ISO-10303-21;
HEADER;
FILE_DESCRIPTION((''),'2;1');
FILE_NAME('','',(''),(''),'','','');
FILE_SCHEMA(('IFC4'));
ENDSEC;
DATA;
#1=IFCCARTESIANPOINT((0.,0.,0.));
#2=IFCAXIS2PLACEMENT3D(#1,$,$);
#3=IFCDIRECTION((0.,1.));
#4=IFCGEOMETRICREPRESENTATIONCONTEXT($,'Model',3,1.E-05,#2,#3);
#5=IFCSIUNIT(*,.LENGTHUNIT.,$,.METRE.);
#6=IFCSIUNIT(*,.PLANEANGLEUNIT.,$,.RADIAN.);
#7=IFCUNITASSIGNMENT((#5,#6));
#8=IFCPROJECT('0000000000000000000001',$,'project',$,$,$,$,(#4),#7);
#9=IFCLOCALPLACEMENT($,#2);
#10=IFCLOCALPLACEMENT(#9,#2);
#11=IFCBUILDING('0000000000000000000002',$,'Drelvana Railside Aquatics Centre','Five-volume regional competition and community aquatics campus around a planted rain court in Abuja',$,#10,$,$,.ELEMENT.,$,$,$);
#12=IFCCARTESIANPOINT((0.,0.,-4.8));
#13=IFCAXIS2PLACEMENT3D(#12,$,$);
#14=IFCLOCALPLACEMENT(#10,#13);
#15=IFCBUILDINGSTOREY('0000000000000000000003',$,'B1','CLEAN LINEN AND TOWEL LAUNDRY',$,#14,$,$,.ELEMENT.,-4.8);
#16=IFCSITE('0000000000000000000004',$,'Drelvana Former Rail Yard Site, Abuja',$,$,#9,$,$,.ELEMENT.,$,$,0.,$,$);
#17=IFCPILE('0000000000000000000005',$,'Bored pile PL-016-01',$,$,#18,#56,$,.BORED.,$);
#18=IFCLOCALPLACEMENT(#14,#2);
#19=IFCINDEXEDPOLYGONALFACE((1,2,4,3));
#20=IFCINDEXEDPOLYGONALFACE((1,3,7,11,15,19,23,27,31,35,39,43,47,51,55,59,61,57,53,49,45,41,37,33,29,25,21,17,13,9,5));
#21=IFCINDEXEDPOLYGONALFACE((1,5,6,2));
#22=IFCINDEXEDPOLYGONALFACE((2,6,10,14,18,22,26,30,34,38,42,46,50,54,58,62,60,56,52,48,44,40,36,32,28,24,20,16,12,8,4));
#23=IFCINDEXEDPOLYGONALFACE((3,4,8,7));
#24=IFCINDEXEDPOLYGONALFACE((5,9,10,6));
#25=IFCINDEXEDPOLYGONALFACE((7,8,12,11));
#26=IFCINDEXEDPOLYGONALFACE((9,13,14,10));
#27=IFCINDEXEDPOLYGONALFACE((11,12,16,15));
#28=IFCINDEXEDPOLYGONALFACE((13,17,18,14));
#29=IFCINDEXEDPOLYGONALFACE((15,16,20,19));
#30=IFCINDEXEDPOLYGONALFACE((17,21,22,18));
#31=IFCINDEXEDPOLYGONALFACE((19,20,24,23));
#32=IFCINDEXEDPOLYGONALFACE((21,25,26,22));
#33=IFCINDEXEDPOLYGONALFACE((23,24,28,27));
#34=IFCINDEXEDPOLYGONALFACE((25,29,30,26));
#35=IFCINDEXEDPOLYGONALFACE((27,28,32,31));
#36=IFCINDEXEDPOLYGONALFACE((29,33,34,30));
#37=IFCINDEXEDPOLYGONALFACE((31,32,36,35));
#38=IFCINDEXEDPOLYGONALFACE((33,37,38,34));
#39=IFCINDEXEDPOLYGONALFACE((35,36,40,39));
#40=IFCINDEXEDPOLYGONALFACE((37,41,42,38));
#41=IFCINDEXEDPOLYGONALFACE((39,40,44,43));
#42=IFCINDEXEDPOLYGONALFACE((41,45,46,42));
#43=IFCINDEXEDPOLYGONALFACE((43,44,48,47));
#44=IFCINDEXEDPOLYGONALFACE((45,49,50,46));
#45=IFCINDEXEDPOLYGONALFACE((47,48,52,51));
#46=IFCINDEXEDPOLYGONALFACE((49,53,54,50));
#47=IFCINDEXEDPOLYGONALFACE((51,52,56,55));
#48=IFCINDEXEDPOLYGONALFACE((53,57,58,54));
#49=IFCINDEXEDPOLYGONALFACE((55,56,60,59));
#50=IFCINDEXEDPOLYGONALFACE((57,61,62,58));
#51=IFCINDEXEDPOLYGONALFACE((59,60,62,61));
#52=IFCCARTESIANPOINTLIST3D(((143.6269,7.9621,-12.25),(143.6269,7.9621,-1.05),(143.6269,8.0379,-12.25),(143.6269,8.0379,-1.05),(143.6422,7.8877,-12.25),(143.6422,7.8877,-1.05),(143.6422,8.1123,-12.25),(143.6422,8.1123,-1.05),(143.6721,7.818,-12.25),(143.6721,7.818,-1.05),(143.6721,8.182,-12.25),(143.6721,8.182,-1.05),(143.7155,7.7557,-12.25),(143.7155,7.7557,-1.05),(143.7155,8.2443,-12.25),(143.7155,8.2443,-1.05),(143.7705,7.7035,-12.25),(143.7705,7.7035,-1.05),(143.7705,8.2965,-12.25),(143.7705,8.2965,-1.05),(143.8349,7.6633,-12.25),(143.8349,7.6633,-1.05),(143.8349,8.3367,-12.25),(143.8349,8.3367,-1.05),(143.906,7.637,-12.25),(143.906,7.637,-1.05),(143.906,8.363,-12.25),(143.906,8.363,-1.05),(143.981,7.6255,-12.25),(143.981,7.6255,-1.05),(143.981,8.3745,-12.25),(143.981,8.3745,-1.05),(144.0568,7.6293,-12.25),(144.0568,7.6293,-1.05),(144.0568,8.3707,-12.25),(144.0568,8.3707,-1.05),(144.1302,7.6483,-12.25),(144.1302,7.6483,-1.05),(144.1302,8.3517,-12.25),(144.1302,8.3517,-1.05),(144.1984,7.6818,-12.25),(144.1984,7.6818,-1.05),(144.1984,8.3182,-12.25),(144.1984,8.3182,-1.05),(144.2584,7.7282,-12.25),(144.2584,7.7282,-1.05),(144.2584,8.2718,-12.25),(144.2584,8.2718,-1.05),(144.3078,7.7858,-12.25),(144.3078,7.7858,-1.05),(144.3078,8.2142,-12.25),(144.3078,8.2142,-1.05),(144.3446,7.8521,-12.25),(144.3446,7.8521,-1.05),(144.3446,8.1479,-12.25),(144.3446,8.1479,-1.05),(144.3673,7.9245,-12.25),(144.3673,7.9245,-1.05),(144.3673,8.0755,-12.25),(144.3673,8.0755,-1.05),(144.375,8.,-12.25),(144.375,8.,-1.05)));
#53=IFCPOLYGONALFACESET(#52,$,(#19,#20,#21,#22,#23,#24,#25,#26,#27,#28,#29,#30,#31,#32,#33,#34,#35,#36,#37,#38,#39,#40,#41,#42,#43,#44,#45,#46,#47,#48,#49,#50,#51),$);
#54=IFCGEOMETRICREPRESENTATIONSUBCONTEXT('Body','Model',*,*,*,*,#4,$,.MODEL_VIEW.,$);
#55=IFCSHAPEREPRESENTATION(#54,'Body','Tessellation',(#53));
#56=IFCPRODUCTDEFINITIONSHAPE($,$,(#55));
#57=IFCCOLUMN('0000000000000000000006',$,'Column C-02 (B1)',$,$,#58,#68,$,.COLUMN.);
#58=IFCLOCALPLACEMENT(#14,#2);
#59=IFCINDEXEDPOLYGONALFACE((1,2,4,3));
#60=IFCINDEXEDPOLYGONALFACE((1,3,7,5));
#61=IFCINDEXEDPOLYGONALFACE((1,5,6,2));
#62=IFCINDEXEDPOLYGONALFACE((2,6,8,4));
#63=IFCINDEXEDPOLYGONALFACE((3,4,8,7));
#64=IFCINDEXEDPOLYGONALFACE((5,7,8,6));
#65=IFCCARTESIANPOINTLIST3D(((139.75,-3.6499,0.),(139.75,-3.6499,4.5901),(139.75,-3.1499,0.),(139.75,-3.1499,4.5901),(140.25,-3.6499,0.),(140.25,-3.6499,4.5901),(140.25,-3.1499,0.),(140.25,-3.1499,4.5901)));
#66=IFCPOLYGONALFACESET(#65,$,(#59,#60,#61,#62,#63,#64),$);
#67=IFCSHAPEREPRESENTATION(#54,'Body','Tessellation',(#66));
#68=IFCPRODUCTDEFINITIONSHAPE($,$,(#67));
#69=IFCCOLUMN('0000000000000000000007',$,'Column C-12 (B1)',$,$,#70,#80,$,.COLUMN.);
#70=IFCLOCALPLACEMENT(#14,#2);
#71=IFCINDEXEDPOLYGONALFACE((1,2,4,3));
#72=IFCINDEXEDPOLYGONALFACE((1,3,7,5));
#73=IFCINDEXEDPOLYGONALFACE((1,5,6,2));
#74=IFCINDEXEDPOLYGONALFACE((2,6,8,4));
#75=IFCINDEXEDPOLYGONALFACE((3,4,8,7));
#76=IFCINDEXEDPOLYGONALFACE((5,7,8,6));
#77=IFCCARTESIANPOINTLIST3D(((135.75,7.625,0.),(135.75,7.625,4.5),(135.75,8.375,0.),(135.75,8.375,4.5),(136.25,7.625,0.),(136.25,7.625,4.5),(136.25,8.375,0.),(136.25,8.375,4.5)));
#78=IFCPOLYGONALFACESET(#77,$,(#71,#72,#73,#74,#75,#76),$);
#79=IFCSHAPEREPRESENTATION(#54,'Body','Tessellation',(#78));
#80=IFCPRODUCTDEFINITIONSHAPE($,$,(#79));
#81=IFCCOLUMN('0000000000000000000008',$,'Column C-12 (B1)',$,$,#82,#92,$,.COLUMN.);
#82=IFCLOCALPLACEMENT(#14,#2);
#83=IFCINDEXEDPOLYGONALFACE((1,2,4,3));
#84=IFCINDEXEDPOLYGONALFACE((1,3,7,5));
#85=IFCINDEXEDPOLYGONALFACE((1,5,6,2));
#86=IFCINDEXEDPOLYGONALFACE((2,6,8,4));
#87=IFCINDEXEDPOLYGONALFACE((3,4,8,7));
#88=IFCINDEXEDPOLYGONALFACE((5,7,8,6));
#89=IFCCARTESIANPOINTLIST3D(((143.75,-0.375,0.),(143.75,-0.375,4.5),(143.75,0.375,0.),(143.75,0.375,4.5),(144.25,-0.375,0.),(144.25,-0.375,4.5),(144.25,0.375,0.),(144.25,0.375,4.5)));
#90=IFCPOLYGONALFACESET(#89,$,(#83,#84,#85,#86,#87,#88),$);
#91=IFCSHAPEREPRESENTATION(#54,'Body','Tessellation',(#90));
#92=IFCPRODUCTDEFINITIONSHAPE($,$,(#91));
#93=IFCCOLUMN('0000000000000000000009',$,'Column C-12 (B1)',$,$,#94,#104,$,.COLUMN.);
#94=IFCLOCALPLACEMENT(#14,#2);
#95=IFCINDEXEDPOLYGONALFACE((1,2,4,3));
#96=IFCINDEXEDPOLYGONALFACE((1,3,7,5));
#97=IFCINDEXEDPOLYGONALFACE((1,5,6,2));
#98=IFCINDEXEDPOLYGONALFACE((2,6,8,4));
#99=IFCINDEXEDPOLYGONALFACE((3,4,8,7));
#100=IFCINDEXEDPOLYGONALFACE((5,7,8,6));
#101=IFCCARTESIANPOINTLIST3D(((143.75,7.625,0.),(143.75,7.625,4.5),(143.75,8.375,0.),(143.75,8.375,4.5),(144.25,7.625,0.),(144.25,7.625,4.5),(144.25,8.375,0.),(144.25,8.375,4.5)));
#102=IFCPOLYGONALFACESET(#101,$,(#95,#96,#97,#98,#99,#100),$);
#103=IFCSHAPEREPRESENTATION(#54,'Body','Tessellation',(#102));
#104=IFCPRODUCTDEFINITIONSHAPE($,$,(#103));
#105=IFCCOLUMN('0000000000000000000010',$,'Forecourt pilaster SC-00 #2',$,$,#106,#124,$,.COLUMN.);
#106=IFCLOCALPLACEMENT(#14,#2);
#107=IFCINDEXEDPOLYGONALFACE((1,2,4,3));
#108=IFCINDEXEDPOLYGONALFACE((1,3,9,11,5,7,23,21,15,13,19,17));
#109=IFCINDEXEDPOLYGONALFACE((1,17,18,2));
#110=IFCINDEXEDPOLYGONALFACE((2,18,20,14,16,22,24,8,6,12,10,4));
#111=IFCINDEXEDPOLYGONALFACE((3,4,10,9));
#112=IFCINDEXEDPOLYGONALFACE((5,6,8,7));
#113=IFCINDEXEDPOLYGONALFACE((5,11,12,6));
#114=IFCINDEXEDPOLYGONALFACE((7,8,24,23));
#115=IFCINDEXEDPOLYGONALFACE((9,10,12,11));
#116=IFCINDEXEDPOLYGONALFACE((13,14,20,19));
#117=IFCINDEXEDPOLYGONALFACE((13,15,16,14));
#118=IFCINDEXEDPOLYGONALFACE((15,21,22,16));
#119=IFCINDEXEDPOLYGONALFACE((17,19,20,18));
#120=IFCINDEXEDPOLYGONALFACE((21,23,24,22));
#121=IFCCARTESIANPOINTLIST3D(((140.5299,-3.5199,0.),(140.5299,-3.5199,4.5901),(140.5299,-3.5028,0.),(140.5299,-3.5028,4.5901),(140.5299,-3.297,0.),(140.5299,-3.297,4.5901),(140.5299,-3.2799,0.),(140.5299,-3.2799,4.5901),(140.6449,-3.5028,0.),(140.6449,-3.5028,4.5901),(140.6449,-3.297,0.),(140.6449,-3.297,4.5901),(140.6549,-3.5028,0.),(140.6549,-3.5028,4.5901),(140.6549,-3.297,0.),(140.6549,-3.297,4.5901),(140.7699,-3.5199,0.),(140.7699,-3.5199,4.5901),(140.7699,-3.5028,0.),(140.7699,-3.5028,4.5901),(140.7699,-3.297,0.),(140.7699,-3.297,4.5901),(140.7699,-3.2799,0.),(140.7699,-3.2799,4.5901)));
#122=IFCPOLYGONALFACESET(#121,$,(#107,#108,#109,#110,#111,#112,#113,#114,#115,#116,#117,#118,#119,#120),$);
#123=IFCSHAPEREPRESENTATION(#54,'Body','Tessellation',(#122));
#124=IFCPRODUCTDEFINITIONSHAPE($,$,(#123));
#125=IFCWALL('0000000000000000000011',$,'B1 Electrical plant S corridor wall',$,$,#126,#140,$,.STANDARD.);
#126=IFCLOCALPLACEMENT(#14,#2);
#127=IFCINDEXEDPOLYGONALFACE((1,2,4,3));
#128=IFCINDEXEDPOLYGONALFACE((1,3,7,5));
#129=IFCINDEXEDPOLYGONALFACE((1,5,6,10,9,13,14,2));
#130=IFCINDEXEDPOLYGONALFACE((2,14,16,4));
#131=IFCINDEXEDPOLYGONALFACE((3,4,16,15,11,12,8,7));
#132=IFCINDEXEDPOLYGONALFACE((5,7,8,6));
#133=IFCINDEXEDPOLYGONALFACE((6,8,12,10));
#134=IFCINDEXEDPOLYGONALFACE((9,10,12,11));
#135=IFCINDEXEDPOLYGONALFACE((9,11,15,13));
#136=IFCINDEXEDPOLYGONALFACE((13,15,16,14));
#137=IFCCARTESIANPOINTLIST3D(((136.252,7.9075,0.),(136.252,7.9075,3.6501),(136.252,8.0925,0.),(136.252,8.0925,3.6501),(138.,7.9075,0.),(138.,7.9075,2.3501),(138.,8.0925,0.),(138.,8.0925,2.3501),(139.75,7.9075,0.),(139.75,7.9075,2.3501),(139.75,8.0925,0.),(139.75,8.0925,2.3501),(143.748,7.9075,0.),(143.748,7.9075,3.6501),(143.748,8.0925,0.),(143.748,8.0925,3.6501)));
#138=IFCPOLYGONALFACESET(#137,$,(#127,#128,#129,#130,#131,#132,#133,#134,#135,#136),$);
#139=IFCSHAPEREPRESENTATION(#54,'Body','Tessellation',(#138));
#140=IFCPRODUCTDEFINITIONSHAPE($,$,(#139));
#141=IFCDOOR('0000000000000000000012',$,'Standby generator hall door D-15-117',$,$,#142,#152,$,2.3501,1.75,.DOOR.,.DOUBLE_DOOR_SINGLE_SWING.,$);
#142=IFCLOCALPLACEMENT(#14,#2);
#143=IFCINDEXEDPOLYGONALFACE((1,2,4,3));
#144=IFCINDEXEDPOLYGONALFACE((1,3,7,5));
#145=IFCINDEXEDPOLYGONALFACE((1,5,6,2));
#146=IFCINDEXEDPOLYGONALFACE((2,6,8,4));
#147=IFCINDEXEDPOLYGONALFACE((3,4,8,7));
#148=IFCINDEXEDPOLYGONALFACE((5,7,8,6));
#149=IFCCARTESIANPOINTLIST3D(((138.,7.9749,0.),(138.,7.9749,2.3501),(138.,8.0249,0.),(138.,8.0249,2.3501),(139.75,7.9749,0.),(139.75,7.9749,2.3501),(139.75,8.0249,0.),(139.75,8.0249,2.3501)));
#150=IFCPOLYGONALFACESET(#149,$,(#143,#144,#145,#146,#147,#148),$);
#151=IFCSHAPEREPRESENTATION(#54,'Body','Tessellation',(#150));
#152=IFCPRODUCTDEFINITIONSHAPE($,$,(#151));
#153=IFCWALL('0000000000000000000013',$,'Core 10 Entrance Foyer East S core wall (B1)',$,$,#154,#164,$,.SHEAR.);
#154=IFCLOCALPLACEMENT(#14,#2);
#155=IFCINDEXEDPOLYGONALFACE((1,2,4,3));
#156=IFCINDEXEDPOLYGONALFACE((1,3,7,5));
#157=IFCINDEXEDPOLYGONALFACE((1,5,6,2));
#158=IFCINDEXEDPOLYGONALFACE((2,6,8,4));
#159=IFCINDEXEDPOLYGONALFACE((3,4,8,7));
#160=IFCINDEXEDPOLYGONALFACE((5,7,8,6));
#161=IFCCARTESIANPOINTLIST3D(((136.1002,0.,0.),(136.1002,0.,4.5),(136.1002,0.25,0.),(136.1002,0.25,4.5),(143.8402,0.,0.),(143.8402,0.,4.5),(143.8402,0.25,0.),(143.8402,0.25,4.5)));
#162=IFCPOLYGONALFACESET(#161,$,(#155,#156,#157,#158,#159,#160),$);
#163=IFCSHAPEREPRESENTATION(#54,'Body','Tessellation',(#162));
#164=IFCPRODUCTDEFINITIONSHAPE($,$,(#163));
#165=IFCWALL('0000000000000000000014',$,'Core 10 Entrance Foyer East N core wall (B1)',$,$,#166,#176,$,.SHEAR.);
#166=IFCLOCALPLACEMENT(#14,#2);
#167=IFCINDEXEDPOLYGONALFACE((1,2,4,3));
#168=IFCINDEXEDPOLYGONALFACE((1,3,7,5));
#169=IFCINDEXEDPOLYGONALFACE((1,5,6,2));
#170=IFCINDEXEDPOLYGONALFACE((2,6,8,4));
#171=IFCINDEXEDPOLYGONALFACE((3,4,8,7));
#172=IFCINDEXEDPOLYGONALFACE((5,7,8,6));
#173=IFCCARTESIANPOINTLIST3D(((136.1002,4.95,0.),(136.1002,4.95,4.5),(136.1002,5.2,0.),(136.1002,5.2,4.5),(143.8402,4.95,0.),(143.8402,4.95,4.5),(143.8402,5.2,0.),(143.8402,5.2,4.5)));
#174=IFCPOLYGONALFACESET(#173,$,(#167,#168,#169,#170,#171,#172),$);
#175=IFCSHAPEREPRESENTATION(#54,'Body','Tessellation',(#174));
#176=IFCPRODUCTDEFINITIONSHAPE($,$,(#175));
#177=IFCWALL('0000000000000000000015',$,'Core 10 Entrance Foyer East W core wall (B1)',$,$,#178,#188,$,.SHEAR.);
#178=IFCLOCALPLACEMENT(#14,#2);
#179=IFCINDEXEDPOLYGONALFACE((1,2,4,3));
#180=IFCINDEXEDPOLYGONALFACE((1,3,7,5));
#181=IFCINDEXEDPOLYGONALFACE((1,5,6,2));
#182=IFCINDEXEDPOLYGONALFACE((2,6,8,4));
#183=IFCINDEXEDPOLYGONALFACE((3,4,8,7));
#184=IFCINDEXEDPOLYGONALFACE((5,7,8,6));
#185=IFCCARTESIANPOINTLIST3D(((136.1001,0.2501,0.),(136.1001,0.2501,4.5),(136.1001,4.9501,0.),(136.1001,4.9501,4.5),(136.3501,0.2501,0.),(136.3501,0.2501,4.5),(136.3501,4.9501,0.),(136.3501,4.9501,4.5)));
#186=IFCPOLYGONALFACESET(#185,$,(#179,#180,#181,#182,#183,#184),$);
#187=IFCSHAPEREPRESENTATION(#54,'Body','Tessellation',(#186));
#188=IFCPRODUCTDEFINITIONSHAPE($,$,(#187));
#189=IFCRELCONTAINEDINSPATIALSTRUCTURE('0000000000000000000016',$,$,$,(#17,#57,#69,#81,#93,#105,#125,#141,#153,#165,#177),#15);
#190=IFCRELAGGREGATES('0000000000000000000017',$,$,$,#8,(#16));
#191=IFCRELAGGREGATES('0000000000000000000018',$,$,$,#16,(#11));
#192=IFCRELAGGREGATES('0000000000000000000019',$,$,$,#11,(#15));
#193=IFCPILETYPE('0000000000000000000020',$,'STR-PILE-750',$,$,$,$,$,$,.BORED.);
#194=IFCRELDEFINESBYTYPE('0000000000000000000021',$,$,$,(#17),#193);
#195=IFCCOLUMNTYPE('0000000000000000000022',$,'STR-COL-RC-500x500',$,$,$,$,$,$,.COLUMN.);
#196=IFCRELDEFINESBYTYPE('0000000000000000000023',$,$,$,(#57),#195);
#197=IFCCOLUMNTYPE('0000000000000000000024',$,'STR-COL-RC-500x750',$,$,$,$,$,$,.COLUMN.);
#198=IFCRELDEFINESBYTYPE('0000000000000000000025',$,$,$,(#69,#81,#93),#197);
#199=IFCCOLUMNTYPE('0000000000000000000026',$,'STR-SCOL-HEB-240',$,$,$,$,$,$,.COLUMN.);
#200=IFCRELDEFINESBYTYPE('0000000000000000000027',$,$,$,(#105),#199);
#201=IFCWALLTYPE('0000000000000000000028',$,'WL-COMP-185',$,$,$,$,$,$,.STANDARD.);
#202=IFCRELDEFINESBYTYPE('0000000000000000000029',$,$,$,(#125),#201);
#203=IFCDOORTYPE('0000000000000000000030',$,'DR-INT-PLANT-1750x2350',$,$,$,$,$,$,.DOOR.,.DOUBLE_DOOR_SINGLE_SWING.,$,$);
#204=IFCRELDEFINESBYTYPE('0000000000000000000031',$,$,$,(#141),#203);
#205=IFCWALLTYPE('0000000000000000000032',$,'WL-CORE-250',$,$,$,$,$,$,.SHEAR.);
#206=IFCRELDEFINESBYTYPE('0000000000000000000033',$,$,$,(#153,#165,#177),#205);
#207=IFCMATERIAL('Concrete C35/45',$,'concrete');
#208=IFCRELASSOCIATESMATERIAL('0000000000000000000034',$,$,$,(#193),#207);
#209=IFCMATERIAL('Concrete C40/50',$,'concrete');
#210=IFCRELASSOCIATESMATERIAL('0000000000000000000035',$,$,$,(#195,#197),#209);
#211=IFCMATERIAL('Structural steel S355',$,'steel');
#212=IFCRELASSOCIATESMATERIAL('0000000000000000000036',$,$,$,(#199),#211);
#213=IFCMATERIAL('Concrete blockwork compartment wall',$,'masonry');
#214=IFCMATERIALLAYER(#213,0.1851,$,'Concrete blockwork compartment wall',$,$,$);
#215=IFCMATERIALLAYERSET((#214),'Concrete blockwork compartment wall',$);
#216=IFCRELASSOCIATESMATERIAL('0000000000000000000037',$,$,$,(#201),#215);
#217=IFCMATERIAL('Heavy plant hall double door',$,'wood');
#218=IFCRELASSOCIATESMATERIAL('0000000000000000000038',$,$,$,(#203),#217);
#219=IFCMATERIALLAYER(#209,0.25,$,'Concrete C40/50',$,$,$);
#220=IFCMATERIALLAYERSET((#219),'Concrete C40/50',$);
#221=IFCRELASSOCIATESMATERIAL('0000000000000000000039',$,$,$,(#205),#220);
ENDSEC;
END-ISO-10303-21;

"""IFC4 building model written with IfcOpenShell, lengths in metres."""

from ifc_helpers import new_model, si_unit, direction, frame, frame_2d, origin, origin_2d, place, context, subcontext, project, spatial, rectangle, circle, i_section, extrude, material, layer, layer_set, material_profile, profile_set, type_object, element, fill, save


model = new_model("IFC4")

# Units and contexts
model_context = context("Model", 3, precision=1e-05, world=origin(), true_north=direction((0.0, 1.0)))
body_context = subcontext(model_context, "Body", "Model", "MODEL_VIEW")
ifc_project = project(units=[si_unit("LENGTHUNIT", "METRE"), si_unit("PLANEANGLEUNIT", "RADIAN")], contexts=[model_context])

# Site, building, storey
site_placement = place(None, origin())
site = spatial("IfcSite", under=ifc_project, at=site_placement, Name="Drelvana Former Rail Yard Site, Abuja", CompositionType="ELEMENT", RefElevation=0.0)
building_placement = place(site_placement, origin())
building = spatial("IfcBuilding", under=site, at=building_placement, Name="Drelvana Railside Aquatics Centre", Description="Five-volume regional competition and community aquatics campus around a planted rain court in Abuja", CompositionType="ELEMENT")
storey_placement = place(building_placement, frame((0.0, 0.0, -4.8)))
storey = spatial("IfcBuildingStorey", under=building, at=storey_placement, Name="B1", Description="CLEAN LINEN AND TOWEL LAUNDRY", CompositionType="ELEMENT", Elevation=-4.8)

# Shared definitions
ifc_material_1 = material(Name="Concrete C35/45", Category="concrete")

# Pile
ifc_material_profile_1 = material_profile(ifc_material_1, circle(Radius=0.375, at=origin_2d()), Name="PILE D750")
ifc_profile_set_1 = profile_set([ifc_material_profile_1], Name="Concrete C35/45")
pile_type_1 = type_object("IfcPileType", Name="STR-PILE-750", PredefinedType="BORED", material=ifc_profile_set_1)
for number, where, z_axis, x_axis, name in (
    (1, (144.0, 8.0, -1.05), (0.0, 0.0, -1.0), (1.0, 0.0, 0.0), "Bored pile PL-016-01"),
):
    element("IfcPile", number, at=place(storey_placement, frame(where, z_axis=z_axis, x_axis=x_axis)), inside=storey, type_object=pile_type_1, Name=name, PredefinedType="BORED", context=body_context, shape_type="SweptSolid", body=[
        extrude(circle(Radius=0.375, at=origin_2d()), origin(), (0.0, 0.0, 1.0), 11.2),
    ])

# Columns
ifc_material_2 = material(Name="Concrete C40/50", Category="concrete")
ifc_material_profile_2 = material_profile(ifc_material_2, rectangle(XDim=0.5, YDim=0.5, at=origin_2d()), Name="RC 500x500")
ifc_profile_set_2 = profile_set([ifc_material_profile_2], Name="Concrete C40/50")
column_type_1 = type_object("IfcColumnType", Name="STR-COL-RC-500x500", PredefinedType="COLUMN", material=ifc_profile_set_2)
column_1_placement = place(storey_placement, frame((140.0, -3.3999, 0.0), z_axis=(0.0, 0.0, 1.0), x_axis=(1.0, 0.0, 0.0)))
element("IfcColumn", 2, at=column_1_placement, inside=storey, type_object=column_type_1, Name="Column C-02 (B1)", PredefinedType="COLUMN", context=body_context, shape_type="SweptSolid", body=[
    extrude(rectangle(XDim=0.5, YDim=0.5, at=origin_2d()), origin(), (0.0, 0.0, 1.0), 4.5901),
])
ifc_material_profile_3 = material_profile(ifc_material_2, rectangle(XDim=0.5, YDim=0.75, at=origin_2d()), Name="RC 500x750")
ifc_profile_set_3 = profile_set([ifc_material_profile_3], Name="Concrete C40/50")
column_type_2 = type_object("IfcColumnType", Name="STR-COL-RC-500x750", PredefinedType="COLUMN", material=ifc_profile_set_3)
for number, where, z_axis, x_axis, name in (
    (3, (136.0, 8.0, 0.0), (0.0, 0.0, 1.0), (1.0, 0.0, 0.0), "Column C-12 (B1)"),
    (4, (144.0, 0.0, 0.0), (0.0, 0.0, 1.0), (1.0, 0.0, 0.0), "Column C-12 (B1)"),
    (5, (144.0, 8.0, 0.0), (0.0, 0.0, 1.0), (1.0, 0.0, 0.0), "Column C-12 (B1)"),
):
    element("IfcColumn", number, at=place(storey_placement, frame(where, z_axis=z_axis, x_axis=x_axis)), inside=storey, type_object=column_type_2, Name=name, PredefinedType="COLUMN", context=body_context, shape_type="SweptSolid", body=[
        extrude(rectangle(XDim=0.5, YDim=0.75, at=origin_2d()), origin(), (0.0, 0.0, 1.0), 4.5),
    ])
ifc_material_3 = material(Name="Structural steel S355", Category="steel")
ifc_material_profile_4 = material_profile(ifc_material_3, i_section(OverallWidth=0.24, OverallDepth=0.24, WebThickness=0.01, FlangeThickness=0.0171, at=origin_2d()), Name="HEB 240")
ifc_profile_set_4 = profile_set([ifc_material_profile_4], Name="Structural steel S355")
column_type_3 = type_object("IfcColumnType", Name="STR-SCOL-HEB-240", PredefinedType="COLUMN", material=ifc_profile_set_4)
column_2_placement = place(storey_placement, frame((140.6499, -3.3999, 0.0), z_axis=(0.0, 0.0, 1.0), x_axis=(1.0, 0.0, 0.0)))
element("IfcColumn", 6, at=column_2_placement, inside=storey, type_object=column_type_3, Name="Forecourt pilaster SC-00 #2", PredefinedType="COLUMN", context=body_context, shape_type="SweptSolid", body=[
    extrude(i_section(OverallWidth=0.24, OverallDepth=0.24, WebThickness=0.01, FlangeThickness=0.0171, at=origin_2d()), origin(), (0.0, 0.0, 1.0), 4.5901),
])

# Wall, opening, door
ifc_material_4 = material(Name="Concrete blockwork compartment wall", Category="masonry")
ifc_layer_1 = layer(ifc_material_4, 0.1851, Name="Concrete blockwork compartment wall")
ifc_layer_set_1 = layer_set([ifc_layer_1], Name="Concrete blockwork compartment wall")
wall_type_1 = type_object("IfcWallType", Name="WL-COMP-185", PredefinedType="STANDARD", material=ifc_layer_set_1)
wall_placement = place(storey_placement, frame((136.252, 8.0, 0.0), z_axis=(0.0, 0.0, 1.0), x_axis=(1.0, 0.0, 0.0)))
wall = element("IfcWall", 7, at=wall_placement, inside=storey, type_object=wall_type_1, Name="B1 Electrical plant S corridor wall", PredefinedType="STANDARD", context=body_context, shape_type="SweptSolid", body=[
    extrude(rectangle(XDim=7.4961, YDim=0.1851, at=frame_2d((3.748, 0.0))), origin(), (0.0, 0.0, 1.0), 3.6501),
])
opening_placement = place(wall_placement, frame((1.748, 0.0, 0.0)))
opening = element("IfcOpeningElement", 8, at=opening_placement, cuts=wall, PredefinedType="OPENING", context=body_context, shape_type="SweptSolid", body=[
    extrude(rectangle(XDim=1.75, YDim=2.3501, at=frame_2d((0.875, 1.175))), frame((0.0, 0.1025, 0.0), z_axis=(0.0, -1.0, 0.0), x_axis=(1.0, 0.0, 0.0)), (0.0, 0.0, 1.0), 0.2051),
])
ifc_material_5 = material(Name="Heavy plant hall double door", Category="wood")
door_type = type_object("IfcDoorType", Name="DR-INT-PLANT-1750x2350", OperationType="DOUBLE_DOOR_SINGLE_SWING", PredefinedType="DOOR", material=ifc_material_5)
door_placement = place(opening_placement, origin())
door = element("IfcDoor", 9, at=door_placement, inside=storey, type_object=door_type, Name="Standby generator hall door D-15-117", OperationType="DOUBLE_DOOR_SINGLE_SWING", OverallHeight=2.3501, OverallWidth=1.75, PredefinedType="DOOR", context=body_context, shape_type="SweptSolid", body=[
    extrude(rectangle(XDim=1.75, YDim=2.3501, at=frame_2d((0.875, 1.175))), frame((0.0, 0.0249, 0.0), z_axis=(0.0, -1.0, 0.0), x_axis=(1.0, 0.0, 0.0)), (0.0, 0.0, 1.0), 0.05),
])
fill(opening, door)

# Walls
ifc_layer_2 = layer(ifc_material_2, 0.25, Name="Concrete C40/50")
ifc_layer_set_2 = layer_set([ifc_layer_2], Name="Concrete C40/50")
wall_type_2 = type_object("IfcWallType", Name="WL-CORE-250", PredefinedType="SHEAR", material=ifc_layer_set_2)
for number, where, z_axis, x_axis, name in (
    (10, (136.1001, 0.125, 0.0), (0.0, 0.0, 1.0), (1.0, 0.0, 0.0), "Core 10 Entrance Foyer East S core wall (B1)"),
    (11, (136.1001, 5.075, 0.0), (0.0, 0.0, 1.0), (1.0, 0.0, 0.0), "Core 10 Entrance Foyer East N core wall (B1)"),
):
    element("IfcWall", number, at=place(storey_placement, frame(where, z_axis=z_axis, x_axis=x_axis)), inside=storey, type_object=wall_type_2, Name=name, PredefinedType="SHEAR", context=body_context, shape_type="SweptSolid", body=[
        extrude(rectangle(XDim=7.74, YDim=0.25, at=frame_2d((3.8701, 0.0))), origin(), (0.0, 0.0, 1.0), 4.5),
    ])
for number, where, z_axis, x_axis, name in (
    (12, (136.2251, 0.25, 0.0), (0.0, 0.0, 1.0), (0.0, 1.0, 0.0), "Core 10 Entrance Foyer East W core wall (B1)"),
):
    element("IfcWall", number, at=place(storey_placement, frame(where, z_axis=z_axis, x_axis=x_axis)), inside=storey, type_object=wall_type_2, Name=name, PredefinedType="SHEAR", context=body_context, shape_type="SweptSolid", body=[
        extrude(rectangle(XDim=4.7, YDim=0.25, at=frame_2d((2.3501, 0.0))), origin(), (0.0, 0.0, 1.0), 4.5),
    ])

save(model, "model.ifc")
